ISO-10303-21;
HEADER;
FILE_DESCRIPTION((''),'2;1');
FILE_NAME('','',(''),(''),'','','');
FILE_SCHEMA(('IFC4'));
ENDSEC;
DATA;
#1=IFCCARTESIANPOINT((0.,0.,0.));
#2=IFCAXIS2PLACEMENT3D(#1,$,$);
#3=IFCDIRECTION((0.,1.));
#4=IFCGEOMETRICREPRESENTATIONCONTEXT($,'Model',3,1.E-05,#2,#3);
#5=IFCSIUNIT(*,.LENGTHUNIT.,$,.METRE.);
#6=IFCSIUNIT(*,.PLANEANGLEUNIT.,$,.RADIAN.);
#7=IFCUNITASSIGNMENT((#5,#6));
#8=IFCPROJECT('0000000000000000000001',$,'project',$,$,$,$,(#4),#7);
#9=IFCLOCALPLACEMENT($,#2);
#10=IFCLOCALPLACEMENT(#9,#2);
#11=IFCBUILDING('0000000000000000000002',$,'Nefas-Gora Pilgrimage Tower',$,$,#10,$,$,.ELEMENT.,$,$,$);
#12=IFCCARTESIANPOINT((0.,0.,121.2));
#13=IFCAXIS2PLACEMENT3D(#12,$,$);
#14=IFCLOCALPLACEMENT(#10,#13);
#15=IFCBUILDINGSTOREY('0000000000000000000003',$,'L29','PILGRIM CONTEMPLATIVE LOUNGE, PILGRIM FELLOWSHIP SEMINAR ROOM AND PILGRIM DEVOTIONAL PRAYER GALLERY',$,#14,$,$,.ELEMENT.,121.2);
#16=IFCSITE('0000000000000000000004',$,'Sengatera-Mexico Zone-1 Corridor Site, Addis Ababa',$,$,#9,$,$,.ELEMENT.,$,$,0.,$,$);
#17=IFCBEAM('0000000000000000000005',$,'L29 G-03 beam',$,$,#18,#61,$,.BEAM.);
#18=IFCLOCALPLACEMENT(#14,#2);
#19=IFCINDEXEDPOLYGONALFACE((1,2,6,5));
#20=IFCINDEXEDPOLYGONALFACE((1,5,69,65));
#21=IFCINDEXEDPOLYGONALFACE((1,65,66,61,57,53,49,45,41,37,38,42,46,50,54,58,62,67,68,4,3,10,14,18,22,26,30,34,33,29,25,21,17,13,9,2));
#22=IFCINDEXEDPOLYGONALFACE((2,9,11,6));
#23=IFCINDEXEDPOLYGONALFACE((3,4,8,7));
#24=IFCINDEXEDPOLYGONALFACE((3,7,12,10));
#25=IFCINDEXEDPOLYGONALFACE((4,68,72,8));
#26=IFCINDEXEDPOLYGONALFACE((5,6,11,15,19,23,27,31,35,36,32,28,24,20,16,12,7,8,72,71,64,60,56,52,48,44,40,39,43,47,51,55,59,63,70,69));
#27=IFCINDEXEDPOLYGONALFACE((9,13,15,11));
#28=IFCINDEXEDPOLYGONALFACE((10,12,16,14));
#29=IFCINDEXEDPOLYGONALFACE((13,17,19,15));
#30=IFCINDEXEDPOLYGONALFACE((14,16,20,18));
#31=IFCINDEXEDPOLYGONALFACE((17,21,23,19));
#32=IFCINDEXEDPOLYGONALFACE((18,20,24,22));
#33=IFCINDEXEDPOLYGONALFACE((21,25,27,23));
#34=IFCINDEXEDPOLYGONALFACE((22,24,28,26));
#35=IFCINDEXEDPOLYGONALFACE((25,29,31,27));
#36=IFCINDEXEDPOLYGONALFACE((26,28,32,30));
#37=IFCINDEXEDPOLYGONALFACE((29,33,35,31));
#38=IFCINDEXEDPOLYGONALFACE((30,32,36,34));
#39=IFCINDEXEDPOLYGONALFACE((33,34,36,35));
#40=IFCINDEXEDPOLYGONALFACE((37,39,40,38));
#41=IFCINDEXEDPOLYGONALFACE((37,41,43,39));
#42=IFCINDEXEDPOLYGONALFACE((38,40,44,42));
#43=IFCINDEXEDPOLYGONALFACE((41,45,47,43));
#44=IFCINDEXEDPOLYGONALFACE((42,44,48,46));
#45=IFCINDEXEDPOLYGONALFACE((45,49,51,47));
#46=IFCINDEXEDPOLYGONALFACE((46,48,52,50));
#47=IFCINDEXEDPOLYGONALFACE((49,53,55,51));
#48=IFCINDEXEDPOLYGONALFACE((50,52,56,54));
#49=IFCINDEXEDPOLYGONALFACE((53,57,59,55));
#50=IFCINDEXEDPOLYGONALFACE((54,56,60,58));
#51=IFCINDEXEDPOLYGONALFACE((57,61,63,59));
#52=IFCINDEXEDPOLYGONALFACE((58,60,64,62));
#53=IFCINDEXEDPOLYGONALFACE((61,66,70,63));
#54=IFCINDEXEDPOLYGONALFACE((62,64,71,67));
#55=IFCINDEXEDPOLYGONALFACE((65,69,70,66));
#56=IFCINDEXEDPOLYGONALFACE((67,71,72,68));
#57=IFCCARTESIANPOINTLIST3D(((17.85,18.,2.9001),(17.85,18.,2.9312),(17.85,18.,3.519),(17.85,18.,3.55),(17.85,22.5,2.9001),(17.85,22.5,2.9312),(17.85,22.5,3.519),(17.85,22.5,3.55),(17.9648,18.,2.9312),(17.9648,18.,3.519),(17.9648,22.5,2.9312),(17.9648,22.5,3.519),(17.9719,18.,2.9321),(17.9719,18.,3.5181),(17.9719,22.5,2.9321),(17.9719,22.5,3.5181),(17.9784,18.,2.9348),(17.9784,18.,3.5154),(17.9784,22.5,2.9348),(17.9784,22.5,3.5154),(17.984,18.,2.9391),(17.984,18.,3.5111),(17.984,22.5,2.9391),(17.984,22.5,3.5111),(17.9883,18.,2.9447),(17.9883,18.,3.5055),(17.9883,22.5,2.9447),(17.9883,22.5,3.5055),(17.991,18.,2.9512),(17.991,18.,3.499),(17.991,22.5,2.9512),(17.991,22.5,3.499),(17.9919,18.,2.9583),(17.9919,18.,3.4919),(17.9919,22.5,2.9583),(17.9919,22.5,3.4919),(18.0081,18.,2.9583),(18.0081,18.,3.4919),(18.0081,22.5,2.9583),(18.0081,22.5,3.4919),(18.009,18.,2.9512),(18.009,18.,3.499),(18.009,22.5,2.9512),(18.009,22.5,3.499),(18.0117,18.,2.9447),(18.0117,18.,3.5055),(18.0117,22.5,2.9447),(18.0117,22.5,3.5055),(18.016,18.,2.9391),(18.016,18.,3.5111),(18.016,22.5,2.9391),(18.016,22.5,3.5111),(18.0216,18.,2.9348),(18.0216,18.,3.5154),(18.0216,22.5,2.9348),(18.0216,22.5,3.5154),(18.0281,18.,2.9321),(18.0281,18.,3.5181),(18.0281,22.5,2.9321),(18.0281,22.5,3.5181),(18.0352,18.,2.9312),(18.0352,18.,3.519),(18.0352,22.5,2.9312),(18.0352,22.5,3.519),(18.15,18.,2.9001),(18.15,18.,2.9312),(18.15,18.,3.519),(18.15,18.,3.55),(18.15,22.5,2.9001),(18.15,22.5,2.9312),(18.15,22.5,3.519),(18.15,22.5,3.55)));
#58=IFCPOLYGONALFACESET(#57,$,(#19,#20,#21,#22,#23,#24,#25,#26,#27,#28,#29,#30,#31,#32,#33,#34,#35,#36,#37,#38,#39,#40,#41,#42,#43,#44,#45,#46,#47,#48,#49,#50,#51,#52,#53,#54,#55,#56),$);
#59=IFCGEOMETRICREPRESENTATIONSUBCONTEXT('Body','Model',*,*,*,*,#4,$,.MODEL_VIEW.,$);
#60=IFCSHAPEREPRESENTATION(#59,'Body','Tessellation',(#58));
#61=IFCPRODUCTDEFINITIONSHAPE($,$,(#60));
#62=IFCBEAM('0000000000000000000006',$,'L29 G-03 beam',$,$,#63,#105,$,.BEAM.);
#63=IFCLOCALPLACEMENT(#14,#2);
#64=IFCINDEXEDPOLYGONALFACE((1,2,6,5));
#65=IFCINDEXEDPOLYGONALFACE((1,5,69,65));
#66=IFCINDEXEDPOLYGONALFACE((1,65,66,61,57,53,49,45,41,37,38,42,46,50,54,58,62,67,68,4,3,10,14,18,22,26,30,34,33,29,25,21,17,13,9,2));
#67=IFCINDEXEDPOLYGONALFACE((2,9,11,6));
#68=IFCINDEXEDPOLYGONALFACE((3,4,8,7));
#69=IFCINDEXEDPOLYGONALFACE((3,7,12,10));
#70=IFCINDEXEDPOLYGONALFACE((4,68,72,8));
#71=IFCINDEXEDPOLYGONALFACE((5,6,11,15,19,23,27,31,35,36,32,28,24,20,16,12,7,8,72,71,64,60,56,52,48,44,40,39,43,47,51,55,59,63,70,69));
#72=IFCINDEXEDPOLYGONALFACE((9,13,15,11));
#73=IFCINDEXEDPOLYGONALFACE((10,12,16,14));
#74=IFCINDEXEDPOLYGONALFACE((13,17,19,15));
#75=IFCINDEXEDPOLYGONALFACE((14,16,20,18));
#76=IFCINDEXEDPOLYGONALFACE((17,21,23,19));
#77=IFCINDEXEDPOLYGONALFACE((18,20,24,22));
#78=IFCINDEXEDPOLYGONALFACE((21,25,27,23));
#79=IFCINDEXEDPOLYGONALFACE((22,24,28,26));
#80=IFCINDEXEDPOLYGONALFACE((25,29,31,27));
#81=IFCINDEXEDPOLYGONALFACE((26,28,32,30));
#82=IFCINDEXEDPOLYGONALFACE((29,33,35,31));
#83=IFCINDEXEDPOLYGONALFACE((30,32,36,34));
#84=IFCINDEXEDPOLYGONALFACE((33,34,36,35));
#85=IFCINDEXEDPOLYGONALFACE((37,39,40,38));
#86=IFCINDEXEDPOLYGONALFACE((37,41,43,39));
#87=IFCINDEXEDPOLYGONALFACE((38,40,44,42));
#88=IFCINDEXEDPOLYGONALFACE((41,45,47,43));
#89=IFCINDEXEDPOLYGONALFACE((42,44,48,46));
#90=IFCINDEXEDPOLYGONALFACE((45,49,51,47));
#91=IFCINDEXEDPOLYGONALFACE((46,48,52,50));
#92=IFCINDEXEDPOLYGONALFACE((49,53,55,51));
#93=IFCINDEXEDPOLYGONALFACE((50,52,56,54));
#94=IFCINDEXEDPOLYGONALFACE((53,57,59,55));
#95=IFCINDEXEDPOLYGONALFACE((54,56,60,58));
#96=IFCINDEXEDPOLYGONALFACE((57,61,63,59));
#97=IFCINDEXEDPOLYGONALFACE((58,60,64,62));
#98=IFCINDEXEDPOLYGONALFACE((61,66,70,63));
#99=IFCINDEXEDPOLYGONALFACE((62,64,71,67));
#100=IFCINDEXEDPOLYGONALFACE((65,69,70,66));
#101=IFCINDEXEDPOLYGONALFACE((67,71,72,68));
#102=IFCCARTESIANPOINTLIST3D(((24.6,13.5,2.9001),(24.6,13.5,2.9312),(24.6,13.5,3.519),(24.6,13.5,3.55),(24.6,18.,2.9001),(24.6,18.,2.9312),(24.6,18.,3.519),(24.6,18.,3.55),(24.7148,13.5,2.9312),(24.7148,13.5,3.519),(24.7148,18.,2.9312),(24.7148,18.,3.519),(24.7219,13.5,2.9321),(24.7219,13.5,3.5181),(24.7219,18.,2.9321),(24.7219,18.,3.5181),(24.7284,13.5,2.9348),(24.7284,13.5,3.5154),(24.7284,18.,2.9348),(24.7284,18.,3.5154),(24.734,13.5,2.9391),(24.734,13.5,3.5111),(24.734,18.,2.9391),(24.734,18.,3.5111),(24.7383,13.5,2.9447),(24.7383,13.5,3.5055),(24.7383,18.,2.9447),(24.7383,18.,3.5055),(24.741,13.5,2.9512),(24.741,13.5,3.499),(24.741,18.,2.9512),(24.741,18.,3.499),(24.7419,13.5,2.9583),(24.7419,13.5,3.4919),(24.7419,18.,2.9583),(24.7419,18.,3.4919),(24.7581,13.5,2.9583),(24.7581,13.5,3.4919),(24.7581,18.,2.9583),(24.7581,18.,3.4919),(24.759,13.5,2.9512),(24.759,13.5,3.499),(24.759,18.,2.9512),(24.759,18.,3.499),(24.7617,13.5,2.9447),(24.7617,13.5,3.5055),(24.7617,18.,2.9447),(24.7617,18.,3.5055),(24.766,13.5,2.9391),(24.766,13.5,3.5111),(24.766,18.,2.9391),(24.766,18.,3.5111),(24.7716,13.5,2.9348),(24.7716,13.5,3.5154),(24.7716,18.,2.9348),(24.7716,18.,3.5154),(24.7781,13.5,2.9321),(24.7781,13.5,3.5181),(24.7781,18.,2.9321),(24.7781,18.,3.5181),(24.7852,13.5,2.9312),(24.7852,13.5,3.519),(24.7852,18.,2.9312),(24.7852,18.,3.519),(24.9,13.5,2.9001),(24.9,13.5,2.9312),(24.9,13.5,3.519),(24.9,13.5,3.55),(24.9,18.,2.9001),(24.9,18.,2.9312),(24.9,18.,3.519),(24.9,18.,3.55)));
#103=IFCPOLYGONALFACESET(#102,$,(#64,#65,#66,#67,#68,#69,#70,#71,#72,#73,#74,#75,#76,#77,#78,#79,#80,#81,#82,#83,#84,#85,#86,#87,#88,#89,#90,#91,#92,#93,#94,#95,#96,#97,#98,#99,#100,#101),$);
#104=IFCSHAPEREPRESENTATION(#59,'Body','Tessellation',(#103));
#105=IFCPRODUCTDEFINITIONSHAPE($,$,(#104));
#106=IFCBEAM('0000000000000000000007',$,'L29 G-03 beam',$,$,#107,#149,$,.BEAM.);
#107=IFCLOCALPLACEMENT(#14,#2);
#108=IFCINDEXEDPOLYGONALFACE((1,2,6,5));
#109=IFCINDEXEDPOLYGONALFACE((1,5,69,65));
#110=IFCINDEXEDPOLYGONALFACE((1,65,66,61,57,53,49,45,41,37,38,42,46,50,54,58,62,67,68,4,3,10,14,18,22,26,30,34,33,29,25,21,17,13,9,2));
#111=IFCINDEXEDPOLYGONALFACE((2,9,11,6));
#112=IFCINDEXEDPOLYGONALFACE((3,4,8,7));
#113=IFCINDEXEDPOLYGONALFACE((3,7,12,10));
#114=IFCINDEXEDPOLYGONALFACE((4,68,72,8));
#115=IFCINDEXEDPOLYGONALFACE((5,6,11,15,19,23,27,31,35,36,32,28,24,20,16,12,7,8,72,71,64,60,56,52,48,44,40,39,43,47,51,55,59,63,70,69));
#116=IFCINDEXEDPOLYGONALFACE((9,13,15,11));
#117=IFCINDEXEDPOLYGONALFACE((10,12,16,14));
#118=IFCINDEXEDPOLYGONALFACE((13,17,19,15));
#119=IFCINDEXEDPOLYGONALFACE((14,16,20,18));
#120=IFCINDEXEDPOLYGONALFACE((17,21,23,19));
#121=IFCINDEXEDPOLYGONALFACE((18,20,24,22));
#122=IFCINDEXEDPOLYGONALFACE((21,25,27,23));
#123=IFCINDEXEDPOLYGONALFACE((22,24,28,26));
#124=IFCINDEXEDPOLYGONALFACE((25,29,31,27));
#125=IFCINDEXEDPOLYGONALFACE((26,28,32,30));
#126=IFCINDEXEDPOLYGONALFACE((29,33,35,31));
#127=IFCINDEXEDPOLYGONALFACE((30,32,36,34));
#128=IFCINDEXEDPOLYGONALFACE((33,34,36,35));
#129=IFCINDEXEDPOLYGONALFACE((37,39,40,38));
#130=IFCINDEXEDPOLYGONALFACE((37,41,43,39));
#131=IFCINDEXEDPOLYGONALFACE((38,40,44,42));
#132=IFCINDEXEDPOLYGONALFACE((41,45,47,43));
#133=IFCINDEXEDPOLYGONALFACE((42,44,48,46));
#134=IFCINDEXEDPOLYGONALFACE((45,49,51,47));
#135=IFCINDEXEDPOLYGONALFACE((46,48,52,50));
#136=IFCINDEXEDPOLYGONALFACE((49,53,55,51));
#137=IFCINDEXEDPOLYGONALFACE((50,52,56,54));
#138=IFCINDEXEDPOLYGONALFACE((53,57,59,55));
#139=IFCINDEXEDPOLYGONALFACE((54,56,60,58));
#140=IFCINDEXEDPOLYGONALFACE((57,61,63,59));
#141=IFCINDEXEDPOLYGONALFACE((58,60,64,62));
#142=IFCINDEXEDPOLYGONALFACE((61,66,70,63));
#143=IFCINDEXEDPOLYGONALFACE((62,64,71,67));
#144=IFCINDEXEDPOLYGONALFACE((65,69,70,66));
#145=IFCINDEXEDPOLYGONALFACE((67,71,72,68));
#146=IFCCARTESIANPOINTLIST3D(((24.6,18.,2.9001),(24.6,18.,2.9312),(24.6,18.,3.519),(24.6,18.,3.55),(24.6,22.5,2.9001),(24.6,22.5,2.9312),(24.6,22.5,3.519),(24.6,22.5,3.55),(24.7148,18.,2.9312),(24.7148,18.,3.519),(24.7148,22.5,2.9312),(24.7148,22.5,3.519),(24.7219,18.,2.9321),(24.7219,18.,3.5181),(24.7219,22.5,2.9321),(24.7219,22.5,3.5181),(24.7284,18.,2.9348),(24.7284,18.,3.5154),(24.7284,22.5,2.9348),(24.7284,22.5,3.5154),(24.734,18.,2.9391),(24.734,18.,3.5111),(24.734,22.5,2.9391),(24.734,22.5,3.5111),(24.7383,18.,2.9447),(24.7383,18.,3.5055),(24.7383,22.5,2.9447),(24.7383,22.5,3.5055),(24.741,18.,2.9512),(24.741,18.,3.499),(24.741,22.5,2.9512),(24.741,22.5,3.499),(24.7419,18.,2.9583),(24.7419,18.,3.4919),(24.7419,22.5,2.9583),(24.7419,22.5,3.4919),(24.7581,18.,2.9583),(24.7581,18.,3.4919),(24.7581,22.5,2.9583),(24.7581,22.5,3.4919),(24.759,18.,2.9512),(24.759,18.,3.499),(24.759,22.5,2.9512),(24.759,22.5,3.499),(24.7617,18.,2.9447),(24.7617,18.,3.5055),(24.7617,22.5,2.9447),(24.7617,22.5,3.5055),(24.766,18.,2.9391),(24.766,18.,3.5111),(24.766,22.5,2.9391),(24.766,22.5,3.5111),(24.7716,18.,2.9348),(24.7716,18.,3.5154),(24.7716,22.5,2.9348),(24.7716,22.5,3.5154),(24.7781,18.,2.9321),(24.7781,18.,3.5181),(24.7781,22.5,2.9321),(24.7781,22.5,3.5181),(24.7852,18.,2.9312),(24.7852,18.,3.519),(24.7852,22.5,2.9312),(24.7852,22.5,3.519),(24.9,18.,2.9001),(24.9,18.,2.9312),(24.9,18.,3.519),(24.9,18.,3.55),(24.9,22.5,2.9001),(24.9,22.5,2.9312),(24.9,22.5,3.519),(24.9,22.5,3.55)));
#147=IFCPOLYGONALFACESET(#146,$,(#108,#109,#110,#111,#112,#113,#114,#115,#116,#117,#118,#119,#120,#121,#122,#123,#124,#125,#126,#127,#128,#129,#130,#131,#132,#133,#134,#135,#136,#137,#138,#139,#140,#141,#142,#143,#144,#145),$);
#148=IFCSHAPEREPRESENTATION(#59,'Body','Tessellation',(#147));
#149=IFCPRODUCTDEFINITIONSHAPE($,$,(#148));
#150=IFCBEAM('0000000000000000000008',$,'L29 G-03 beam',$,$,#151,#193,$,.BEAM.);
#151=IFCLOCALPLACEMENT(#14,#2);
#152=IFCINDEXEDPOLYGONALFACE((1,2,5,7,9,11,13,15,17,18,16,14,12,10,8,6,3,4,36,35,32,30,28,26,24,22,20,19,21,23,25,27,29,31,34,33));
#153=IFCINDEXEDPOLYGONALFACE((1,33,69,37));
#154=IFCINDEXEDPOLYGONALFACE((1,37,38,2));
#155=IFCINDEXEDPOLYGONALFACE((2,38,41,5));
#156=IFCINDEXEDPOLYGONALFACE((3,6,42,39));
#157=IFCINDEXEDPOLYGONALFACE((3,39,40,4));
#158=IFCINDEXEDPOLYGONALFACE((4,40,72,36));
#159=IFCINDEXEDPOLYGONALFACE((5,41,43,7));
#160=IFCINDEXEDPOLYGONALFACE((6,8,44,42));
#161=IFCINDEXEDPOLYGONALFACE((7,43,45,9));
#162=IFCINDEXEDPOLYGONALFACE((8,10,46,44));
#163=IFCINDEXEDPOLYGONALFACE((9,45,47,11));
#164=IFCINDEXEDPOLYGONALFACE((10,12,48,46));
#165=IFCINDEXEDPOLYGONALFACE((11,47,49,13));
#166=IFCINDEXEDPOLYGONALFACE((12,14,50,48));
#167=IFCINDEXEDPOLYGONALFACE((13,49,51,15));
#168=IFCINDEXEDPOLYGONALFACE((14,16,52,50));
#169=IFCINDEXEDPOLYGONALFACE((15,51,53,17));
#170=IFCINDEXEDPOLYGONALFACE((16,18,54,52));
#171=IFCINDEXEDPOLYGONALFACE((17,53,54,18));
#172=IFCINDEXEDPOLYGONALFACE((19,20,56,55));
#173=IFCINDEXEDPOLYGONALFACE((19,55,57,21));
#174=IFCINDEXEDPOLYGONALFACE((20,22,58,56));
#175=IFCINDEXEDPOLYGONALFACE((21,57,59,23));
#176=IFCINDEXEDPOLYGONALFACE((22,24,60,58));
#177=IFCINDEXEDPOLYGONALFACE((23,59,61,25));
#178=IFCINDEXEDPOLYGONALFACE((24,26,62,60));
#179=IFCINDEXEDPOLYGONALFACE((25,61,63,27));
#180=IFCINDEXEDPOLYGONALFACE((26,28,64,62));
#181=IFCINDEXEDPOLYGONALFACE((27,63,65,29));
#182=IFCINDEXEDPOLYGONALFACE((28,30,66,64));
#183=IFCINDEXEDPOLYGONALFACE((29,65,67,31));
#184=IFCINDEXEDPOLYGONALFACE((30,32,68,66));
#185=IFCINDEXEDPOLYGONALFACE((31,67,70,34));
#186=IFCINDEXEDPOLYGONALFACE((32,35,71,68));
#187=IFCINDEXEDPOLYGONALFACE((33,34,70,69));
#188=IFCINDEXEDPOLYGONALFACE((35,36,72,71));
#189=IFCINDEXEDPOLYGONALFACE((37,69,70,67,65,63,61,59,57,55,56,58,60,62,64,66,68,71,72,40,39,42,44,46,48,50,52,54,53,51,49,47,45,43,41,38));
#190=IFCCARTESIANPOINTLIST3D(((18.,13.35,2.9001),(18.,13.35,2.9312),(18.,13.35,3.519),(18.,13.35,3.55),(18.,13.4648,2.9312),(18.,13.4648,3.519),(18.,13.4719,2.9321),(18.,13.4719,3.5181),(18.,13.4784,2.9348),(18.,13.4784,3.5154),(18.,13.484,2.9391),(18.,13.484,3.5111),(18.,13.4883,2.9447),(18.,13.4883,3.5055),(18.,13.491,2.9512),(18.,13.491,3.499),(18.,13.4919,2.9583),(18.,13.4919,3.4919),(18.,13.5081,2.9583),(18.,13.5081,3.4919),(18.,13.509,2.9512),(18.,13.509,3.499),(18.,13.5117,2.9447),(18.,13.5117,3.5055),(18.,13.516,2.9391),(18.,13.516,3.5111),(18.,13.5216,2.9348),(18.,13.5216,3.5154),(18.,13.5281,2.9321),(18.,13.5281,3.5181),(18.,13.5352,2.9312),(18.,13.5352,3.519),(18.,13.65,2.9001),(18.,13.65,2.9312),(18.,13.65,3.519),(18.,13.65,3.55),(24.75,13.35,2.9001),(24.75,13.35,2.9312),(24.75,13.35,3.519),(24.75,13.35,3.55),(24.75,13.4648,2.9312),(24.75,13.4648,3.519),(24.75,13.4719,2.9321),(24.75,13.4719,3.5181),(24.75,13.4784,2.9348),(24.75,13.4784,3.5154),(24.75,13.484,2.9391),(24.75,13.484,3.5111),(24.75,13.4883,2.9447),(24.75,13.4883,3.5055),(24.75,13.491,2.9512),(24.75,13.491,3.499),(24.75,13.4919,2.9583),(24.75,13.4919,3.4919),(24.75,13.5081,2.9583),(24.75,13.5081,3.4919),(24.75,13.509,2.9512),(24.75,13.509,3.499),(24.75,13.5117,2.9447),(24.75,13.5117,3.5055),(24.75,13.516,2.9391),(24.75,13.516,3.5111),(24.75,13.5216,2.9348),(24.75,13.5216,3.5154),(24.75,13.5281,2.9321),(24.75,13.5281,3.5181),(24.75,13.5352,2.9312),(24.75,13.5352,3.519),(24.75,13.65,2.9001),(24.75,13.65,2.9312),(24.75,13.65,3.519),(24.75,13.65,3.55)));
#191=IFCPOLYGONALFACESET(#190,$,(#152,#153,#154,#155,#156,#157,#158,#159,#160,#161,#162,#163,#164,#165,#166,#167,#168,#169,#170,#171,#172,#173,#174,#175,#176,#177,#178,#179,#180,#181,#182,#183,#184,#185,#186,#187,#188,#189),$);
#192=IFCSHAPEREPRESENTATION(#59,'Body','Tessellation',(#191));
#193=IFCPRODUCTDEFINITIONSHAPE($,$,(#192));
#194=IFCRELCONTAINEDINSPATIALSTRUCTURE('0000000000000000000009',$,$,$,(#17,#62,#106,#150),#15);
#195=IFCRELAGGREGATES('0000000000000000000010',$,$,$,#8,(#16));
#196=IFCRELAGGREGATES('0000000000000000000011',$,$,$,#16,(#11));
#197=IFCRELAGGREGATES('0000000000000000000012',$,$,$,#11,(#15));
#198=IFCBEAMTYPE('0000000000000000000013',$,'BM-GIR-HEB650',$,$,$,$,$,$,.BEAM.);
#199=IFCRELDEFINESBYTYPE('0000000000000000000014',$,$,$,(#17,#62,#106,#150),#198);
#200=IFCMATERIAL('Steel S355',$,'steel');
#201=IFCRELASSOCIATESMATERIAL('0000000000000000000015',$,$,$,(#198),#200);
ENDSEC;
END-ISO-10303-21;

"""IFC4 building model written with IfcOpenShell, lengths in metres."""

from ifc_helpers import new_model, si_unit, direction, frame, origin, origin_2d, place, context, subcontext, project, spatial, i_section, extrude, source, transform, mapped, material, material_profile, profile_set, type_object, element, save


model = new_model("IFC4")

# Units and contexts
model_context = context("Model", 3, precision=1e-05, world=origin(), true_north=direction((0.0, 1.0)))
body_context = subcontext(model_context, "Body", "Model", "MODEL_VIEW")
ifc_project = project(units=[si_unit("LENGTHUNIT", "METRE"), si_unit("PLANEANGLEUNIT", "RADIAN")], contexts=[model_context])

# Site, building, storey
site_placement = place(None, origin())
site = spatial("IfcSite", under=ifc_project, at=site_placement, Name="Sengatera-Mexico Zone-1 Corridor Site, Addis Ababa", CompositionType="ELEMENT", RefElevation=0.0)
building_placement = place(site_placement, origin())
building = spatial("IfcBuilding", under=site, at=building_placement, Name="Nefas-Gora Pilgrimage Tower", CompositionType="ELEMENT")
storey_placement = place(building_placement, frame((0.0, 0.0, 121.2)))
storey = spatial("IfcBuildingStorey", under=building, at=storey_placement, Name="L29", Description="PILGRIM CONTEMPLATIVE LOUNGE, PILGRIM FELLOWSHIP SEMINAR ROOM AND PILGRIM DEVOTIONAL PRAYER GALLERY", CompositionType="ELEMENT", Elevation=121.2)

# Beams
ifc_material_1 = material(Name="Steel S355", Category="steel")
ifc_material_profile_1 = material_profile(ifc_material_1, i_section(OverallWidth=0.3, OverallDepth=0.6499, WebThickness=0.0161, FlangeThickness=0.031, FilletRadius=0.0271, at=origin_2d()), Name="HEB 650")
ifc_profile_set_1 = profile_set([ifc_material_profile_1], Name="Steel S355")
beam_type_1 = type_object("IfcBeamType", Name="BM-GIR-HEB650", PredefinedType="BEAM", material=ifc_profile_set_1)
shared_shape_1 = source(origin(), body_context, "Body", "SweptSolid", [
    extrude(i_section(OverallWidth=0.3, OverallDepth=0.6499, WebThickness=0.0161, FlangeThickness=0.031, FilletRadius=0.0271, at=origin_2d()), origin(), (0.0, 0.0, 1.0), 4.5),
])
for number, where, z_axis, x_axis, name in (
    (1, (18.0, 18.0, 3.2251), (0.0, 1.0, 0.0), (-1.0, 0.0, 0.0), "L29 G-03 beam"),
    (2, (24.75, 13.5, 3.2251), (0.0, 1.0, 0.0), (-1.0, 0.0, 0.0), "L29 G-03 beam"),
    (3, (24.75, 18.0, 3.2251), (0.0, 1.0, 0.0), (-1.0, 0.0, 0.0), "L29 G-03 beam"),
):
    element("IfcBeam", number, at=place(storey_placement, frame(where, z_axis=z_axis, x_axis=x_axis)), inside=storey, type_object=beam_type_1, Name=name, PredefinedType="BEAM", context=body_context, shape_type="MappedRepresentation", body=[
        mapped(shared_shape_1, transform((0.0, 0.0, 0.0), x_axis=(1.0, 0.0, 0.0), y_axis=(0.0, 1.0, 0.0), z_axis=(0.0, 0.0, 1.0), scale=1.0)),
    ])
shared_shape_2 = source(origin(), body_context, "Body", "SweptSolid", [
    extrude(i_section(OverallWidth=0.3, OverallDepth=0.6499, WebThickness=0.0161, FlangeThickness=0.031, FilletRadius=0.0271, at=origin_2d()), origin(), (0.0, 0.0, 1.0), 6.75),
])
for number, where, z_axis, x_axis, name in (
    (4, (18.0, 13.5, 3.2251), (1.0, 0.0, 0.0), (0.0, 1.0, 0.0), "L29 G-03 beam"),
):
    element("IfcBeam", number, at=place(storey_placement, frame(where, z_axis=z_axis, x_axis=x_axis)), inside=storey, type_object=beam_type_1, Name=name, PredefinedType="BEAM", context=body_context, shape_type="MappedRepresentation", body=[
        mapped(shared_shape_2, transform((0.0, 0.0, 0.0), x_axis=(1.0, 0.0, 0.0), y_axis=(0.0, 1.0, 0.0), z_axis=(0.0, 0.0, 1.0), scale=1.0)),
    ])

save(model, "model.ifc")
